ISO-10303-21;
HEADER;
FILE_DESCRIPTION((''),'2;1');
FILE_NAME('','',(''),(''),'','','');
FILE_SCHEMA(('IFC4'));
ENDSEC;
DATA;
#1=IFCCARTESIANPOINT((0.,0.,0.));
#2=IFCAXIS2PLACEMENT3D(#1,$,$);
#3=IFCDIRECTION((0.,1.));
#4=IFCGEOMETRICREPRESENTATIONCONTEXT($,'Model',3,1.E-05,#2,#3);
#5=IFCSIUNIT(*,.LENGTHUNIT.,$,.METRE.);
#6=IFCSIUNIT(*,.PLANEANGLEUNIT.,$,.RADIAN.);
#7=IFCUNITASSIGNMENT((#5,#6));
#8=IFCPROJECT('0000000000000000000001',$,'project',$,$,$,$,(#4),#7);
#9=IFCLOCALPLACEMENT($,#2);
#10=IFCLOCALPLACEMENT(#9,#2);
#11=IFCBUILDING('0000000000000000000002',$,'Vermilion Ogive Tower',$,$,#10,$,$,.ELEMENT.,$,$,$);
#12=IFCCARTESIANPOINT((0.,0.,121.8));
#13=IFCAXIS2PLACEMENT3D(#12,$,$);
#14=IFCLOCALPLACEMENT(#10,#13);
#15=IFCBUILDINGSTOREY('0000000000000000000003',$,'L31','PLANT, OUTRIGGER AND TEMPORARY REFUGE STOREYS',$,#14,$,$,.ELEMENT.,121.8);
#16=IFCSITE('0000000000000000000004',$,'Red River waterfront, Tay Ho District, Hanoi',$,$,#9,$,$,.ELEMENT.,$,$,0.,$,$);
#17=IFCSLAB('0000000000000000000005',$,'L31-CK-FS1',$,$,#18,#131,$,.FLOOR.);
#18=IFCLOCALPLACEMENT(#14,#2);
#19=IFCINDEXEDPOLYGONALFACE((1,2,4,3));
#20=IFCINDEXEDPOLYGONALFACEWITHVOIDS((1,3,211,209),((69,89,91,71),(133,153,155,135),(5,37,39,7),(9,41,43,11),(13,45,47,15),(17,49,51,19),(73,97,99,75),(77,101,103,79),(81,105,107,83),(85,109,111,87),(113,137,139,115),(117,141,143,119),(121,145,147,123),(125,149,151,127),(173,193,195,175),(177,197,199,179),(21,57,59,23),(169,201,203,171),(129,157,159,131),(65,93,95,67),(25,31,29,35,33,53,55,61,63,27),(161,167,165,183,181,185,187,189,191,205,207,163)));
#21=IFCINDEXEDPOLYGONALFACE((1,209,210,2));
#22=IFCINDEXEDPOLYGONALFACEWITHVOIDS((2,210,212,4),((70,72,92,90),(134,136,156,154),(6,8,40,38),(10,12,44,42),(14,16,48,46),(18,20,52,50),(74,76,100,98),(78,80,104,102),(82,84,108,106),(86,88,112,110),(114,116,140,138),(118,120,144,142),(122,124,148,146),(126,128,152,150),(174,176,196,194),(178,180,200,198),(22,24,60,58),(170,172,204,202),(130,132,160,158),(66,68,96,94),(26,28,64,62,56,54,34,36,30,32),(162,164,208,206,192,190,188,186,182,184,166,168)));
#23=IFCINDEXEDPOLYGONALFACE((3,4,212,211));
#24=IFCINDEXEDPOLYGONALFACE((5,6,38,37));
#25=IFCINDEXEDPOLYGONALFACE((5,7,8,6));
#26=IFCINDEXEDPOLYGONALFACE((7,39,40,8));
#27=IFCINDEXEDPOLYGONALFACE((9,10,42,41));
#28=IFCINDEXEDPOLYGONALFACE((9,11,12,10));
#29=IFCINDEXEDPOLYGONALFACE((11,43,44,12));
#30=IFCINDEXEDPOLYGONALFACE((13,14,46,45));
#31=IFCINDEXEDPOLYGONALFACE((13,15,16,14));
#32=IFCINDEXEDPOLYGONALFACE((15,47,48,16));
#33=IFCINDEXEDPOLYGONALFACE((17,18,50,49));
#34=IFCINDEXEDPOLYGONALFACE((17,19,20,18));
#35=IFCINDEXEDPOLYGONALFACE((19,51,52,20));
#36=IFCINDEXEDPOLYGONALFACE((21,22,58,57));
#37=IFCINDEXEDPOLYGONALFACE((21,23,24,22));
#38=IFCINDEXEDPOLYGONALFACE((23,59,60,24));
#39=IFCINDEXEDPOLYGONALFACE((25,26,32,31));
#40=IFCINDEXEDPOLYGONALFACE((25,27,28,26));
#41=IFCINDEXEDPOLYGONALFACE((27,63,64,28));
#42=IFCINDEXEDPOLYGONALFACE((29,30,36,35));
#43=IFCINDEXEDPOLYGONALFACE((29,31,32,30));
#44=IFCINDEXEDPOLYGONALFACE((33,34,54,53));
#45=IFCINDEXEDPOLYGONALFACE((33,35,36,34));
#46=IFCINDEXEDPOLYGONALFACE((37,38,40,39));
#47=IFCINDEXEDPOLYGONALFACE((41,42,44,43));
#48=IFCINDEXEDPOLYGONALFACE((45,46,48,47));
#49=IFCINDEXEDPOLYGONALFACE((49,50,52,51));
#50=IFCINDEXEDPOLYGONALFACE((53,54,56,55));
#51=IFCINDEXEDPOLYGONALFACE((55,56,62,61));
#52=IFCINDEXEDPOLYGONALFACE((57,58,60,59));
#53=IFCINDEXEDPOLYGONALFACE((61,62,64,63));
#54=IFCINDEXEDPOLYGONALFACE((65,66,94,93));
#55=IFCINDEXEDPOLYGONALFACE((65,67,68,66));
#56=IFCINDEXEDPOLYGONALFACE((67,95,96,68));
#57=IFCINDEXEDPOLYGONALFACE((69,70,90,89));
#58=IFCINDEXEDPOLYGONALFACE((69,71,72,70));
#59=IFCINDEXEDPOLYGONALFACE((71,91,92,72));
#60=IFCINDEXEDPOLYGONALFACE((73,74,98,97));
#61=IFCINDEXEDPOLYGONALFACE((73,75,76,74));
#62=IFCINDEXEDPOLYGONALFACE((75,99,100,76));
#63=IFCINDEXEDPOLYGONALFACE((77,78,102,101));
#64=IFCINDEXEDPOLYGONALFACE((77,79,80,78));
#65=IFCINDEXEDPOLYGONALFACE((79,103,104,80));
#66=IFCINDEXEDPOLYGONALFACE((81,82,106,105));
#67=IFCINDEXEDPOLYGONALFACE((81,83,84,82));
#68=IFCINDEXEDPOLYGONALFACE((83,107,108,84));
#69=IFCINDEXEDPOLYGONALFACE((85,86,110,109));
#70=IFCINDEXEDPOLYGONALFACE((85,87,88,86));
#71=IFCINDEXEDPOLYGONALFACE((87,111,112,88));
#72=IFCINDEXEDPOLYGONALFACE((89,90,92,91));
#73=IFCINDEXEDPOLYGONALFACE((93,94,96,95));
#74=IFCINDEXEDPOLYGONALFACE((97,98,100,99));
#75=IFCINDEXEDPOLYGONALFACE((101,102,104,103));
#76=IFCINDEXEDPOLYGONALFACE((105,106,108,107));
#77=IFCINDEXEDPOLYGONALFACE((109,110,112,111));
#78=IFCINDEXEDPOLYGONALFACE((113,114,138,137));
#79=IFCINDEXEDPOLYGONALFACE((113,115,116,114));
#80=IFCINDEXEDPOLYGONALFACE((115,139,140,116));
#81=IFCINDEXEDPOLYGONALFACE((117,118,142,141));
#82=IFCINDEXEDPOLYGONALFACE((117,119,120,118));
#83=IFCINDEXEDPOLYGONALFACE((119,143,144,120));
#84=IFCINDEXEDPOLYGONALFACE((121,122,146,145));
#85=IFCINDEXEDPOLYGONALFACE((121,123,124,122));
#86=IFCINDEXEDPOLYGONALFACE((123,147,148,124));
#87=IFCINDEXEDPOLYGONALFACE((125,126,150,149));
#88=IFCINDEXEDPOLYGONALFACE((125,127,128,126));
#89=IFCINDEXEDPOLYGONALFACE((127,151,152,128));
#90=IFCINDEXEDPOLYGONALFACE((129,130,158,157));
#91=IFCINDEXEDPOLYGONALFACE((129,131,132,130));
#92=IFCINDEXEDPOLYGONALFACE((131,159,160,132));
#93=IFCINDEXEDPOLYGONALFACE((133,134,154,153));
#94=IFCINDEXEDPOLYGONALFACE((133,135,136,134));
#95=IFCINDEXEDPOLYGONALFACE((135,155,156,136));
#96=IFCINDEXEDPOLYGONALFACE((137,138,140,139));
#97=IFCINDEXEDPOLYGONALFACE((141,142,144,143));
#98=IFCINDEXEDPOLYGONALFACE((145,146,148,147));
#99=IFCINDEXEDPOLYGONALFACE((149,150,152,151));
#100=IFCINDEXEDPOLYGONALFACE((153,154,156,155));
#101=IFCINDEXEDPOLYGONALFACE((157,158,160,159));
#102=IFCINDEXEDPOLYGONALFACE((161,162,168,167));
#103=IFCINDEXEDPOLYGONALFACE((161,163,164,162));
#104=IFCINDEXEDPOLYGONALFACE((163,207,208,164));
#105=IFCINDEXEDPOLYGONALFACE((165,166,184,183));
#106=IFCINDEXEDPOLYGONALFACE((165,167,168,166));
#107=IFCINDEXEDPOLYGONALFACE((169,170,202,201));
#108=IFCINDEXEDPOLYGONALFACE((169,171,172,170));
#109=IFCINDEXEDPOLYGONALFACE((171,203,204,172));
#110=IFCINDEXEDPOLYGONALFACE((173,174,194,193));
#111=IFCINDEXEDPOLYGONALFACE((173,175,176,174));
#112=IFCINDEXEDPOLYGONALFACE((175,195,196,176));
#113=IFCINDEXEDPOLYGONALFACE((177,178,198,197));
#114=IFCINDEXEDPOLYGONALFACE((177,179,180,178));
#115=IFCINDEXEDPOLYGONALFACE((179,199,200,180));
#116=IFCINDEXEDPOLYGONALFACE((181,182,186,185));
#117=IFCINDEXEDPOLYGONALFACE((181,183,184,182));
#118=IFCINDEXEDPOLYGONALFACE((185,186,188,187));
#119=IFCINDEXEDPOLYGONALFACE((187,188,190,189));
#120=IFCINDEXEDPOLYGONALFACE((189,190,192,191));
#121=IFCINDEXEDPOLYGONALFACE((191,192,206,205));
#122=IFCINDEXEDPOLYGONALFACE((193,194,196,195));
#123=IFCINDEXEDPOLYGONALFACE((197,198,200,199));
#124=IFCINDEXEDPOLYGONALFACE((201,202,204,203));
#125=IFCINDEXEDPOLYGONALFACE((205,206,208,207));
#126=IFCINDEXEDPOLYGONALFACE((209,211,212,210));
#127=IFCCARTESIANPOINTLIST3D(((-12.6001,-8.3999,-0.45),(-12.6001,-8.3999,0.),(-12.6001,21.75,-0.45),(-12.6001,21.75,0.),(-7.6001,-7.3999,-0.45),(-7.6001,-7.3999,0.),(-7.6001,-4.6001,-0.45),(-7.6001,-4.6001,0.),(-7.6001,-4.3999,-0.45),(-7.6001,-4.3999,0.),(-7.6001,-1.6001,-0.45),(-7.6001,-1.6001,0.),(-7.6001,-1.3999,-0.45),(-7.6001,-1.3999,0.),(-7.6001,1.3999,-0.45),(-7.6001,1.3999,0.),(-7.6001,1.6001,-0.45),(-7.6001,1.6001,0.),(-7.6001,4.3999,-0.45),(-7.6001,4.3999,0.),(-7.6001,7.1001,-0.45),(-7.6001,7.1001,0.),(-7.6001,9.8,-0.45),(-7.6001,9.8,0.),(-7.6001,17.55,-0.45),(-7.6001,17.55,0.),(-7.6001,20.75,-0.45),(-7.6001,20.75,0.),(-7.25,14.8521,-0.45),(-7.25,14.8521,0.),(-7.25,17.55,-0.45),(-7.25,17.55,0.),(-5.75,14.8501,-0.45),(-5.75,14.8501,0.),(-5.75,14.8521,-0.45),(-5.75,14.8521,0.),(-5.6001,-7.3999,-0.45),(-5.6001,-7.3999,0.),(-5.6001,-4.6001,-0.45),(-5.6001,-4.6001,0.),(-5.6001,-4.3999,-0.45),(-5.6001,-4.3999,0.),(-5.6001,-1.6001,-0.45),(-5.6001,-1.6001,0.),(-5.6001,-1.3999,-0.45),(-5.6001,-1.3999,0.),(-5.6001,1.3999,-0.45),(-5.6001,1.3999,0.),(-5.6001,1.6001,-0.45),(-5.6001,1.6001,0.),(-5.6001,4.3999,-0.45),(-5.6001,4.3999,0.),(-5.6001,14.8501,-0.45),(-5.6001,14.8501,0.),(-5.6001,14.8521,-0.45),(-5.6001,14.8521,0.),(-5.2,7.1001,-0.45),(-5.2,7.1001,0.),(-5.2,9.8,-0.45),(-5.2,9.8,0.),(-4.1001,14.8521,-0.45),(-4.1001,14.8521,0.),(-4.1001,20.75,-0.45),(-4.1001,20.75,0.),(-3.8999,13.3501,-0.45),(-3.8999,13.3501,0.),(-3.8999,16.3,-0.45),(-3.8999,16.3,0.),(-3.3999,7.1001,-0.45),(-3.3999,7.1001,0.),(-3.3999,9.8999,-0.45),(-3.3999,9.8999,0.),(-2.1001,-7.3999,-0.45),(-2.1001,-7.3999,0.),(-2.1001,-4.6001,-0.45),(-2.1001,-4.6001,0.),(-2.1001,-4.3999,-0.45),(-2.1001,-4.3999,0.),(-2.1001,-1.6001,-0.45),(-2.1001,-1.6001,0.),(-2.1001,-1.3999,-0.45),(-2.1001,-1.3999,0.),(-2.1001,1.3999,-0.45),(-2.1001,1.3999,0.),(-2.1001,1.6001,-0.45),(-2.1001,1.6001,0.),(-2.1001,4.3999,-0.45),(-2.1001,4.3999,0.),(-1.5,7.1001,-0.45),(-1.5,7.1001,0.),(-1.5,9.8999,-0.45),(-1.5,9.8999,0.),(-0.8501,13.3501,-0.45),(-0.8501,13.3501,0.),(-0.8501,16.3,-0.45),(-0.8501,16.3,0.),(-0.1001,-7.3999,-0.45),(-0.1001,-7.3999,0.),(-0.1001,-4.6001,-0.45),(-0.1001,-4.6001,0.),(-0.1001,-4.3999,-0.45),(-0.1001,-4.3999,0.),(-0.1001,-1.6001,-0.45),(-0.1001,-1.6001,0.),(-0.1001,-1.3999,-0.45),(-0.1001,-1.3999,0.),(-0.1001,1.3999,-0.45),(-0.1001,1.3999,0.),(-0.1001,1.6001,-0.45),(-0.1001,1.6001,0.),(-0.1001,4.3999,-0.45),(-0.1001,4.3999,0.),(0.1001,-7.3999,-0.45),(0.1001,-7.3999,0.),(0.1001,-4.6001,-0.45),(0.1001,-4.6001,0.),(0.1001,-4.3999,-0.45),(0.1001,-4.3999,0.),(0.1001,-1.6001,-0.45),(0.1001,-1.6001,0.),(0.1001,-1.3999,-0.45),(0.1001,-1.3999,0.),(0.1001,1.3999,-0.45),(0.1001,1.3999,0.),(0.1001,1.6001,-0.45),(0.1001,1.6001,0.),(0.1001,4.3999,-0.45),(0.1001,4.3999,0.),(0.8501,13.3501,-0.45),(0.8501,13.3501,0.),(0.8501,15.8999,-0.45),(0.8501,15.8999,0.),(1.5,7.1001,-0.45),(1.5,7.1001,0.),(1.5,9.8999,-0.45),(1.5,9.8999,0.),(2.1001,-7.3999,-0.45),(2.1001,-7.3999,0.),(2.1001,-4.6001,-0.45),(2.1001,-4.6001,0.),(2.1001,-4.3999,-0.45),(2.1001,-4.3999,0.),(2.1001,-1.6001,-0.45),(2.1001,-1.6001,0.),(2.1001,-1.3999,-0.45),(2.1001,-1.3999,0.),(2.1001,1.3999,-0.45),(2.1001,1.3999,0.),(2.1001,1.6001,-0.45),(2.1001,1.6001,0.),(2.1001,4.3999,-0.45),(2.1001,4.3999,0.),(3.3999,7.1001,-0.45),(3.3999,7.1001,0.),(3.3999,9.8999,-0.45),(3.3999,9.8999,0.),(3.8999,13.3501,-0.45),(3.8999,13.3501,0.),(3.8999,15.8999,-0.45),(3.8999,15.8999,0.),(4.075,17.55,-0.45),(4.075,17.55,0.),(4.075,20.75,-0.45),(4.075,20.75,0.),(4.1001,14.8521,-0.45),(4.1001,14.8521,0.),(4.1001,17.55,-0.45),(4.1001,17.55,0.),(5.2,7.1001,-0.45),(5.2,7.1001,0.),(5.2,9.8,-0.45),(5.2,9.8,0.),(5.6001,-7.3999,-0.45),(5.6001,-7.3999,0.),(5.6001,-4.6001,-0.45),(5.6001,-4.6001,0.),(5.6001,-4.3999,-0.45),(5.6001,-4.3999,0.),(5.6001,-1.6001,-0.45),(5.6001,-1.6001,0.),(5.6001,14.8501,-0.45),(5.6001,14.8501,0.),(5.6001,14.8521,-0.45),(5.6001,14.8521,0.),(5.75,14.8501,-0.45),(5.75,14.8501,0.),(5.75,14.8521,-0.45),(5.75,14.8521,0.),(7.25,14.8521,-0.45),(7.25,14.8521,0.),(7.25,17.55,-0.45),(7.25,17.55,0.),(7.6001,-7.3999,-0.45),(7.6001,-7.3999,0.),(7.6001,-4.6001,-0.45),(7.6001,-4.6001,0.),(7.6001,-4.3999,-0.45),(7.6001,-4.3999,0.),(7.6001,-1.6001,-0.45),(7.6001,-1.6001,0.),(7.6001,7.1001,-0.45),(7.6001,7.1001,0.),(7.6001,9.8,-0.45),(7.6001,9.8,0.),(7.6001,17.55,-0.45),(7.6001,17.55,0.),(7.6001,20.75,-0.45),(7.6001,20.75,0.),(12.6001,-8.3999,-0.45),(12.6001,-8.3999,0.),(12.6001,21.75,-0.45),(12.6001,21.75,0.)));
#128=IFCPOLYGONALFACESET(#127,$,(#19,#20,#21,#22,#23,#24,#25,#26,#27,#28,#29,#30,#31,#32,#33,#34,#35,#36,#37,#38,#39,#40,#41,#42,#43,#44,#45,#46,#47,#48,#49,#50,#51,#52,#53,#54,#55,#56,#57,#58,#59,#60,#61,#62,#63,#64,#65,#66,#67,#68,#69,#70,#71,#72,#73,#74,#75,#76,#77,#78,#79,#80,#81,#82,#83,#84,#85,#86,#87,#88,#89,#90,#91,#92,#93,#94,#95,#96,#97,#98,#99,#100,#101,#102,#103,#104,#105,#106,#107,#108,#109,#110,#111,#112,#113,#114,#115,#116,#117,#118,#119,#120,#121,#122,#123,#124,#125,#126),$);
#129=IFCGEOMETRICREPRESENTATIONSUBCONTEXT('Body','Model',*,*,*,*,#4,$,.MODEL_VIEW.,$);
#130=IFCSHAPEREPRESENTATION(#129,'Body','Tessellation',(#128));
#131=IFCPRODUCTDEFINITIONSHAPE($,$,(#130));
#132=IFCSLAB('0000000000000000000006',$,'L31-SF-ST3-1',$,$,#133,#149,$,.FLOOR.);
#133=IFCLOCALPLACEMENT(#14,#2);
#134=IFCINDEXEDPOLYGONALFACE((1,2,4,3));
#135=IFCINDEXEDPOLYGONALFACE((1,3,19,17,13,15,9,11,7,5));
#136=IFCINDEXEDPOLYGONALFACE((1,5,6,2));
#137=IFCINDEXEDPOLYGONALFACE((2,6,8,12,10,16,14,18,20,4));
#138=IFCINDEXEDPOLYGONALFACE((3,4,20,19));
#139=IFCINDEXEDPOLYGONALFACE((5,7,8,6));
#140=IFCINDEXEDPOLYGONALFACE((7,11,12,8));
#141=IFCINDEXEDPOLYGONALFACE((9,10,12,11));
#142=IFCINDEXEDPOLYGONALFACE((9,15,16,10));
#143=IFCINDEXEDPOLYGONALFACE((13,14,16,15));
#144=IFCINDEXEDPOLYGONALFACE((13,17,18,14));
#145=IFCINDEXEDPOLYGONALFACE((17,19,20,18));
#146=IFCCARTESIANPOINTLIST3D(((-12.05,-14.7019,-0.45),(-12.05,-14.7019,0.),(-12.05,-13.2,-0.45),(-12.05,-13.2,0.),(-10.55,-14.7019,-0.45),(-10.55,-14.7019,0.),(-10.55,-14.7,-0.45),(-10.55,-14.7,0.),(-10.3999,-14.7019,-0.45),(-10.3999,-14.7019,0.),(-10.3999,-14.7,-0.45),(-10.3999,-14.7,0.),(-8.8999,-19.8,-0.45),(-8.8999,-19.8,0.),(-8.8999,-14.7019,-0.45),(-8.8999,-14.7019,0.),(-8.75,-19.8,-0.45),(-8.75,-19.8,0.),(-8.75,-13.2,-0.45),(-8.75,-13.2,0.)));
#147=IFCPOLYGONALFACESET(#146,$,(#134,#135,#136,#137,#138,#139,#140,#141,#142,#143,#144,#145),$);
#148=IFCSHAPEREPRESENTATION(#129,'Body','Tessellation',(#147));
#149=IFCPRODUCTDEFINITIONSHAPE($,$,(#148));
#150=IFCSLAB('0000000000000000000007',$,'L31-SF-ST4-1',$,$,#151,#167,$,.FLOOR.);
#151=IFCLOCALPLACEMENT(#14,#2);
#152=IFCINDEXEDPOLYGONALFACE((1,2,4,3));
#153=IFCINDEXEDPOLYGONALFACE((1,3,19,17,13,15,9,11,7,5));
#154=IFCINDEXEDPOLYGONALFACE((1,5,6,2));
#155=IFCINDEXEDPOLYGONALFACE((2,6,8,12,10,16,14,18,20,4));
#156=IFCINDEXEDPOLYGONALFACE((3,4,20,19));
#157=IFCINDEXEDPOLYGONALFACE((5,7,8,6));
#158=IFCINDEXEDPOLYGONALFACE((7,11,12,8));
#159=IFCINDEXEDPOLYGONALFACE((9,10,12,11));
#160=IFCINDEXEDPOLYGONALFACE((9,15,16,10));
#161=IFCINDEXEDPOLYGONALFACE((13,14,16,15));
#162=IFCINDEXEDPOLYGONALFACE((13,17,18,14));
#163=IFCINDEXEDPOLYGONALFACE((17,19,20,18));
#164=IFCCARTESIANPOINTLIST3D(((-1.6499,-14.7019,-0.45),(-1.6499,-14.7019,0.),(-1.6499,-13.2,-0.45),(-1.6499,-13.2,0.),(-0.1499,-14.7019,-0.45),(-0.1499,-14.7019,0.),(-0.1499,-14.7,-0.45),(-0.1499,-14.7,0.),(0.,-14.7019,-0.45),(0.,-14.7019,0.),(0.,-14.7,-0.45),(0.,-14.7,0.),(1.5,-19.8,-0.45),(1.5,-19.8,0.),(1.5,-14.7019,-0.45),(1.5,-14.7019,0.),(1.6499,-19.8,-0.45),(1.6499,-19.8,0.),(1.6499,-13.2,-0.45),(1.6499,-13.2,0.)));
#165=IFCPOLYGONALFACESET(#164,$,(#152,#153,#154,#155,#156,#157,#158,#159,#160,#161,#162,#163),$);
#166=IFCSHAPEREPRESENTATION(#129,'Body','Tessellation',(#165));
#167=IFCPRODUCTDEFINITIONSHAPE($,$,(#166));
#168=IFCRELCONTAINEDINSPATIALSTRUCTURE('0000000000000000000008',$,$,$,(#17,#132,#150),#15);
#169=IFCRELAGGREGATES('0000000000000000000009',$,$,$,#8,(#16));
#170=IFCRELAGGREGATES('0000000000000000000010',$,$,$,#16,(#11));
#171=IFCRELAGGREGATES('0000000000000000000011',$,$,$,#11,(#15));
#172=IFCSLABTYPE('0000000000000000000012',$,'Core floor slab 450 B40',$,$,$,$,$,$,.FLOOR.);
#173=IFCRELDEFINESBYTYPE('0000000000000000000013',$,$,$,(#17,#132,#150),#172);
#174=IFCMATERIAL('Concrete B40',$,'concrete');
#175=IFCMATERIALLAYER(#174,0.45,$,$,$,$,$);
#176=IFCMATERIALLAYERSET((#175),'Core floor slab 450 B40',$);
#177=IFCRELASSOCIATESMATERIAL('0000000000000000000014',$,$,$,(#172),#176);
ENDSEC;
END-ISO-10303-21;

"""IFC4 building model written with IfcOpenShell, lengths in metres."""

from ifc_helpers import new_model, si_unit, direction, frame, origin, place, context, subcontext, project, spatial, polyline, outline, extrude, material, layer, layer_set, type_object, element, save


model = new_model("IFC4")

# Units and contexts
model_context = context("Model", 3, precision=1e-05, world=origin(), true_north=direction((0.0, 1.0)))
body_context = subcontext(model_context, "Body", "Model", "MODEL_VIEW")
ifc_project = project(units=[si_unit("LENGTHUNIT", "METRE"), si_unit("PLANEANGLEUNIT", "RADIAN")], contexts=[model_context])

# Site, building, storey
site_placement = place(None, origin())
site = spatial("IfcSite", under=ifc_project, at=site_placement, Name="Red River waterfront, Tay Ho District, Hanoi", CompositionType="ELEMENT", RefElevation=0.0)
building_placement = place(site_placement, origin())
building = spatial("IfcBuilding", under=site, at=building_placement, Name="Vermilion Ogive Tower", CompositionType="ELEMENT")
storey_placement = place(building_placement, frame((0.0, 0.0, 121.8)))
storey = spatial("IfcBuildingStorey", under=building, at=storey_placement, Name="L31", Description="PLANT, OUTRIGGER AND TEMPORARY REFUGE STOREYS", CompositionType="ELEMENT", Elevation=121.8)

# Slabs
ifc_material_1 = material(Name="Concrete B40", Category="concrete")
ifc_layer_1 = layer(ifc_material_1, 0.45)
ifc_layer_set_1 = layer_set([ifc_layer_1], Name="Core floor slab 450 B40")
slab_type_1 = type_object("IfcSlabType", Name="Core floor slab 450 B40", PredefinedType="FLOOR", material=ifc_layer_set_1)
slab_1_placement = place(storey_placement, frame((0.0, 0.0, -0.45)))
element("IfcSlab", 1, at=slab_1_placement, inside=storey, type_object=slab_type_1, Name="L31-CK-FS1", PredefinedType="FLOOR", context=body_context, shape_type="SweptSolid", body=[
    extrude(outline(polyline([(12.6001, 21.75), (-12.6001, 21.75), (-12.6001, -8.3999), (12.6001, -8.3999), (12.6001, 21.75)]), holes=[polyline([(-7.6001, -4.6001), (-5.6001, -4.6001), (-5.6001, -7.3999), (-7.6001, -7.3999), (-7.6001, -4.6001)]), polyline([(-2.1001, -4.6001), (-0.1001, -4.6001), (-0.1001, -7.3999), (-2.1001, -7.3999), (-2.1001, -4.6001)]), polyline([(-7.6001, -4.3999), (-7.6001, -1.6001), (-5.6001, -1.6001), (-5.6001, -4.3999), (-7.6001, -4.3999)]), polyline([(-2.1001, -1.6001), (-0.1001, -1.6001), (-0.1001, -4.3999), (-2.1001, -4.3999), (-2.1001, -1.6001)]), polyline([(-7.6001, -1.3999), (-7.6001, 1.3999), (-5.6001, 1.3999), (-5.6001, -1.3999), (-7.6001, -1.3999)]), polyline([(-2.1001, 1.3999), (-0.1001, 1.3999), (-0.1001, -1.3999), (-2.1001, -1.3999), (-2.1001, 1.3999)]), polyline([(-7.6001, 4.3999), (-5.6001, 4.3999), (-5.6001, 1.6001), (-7.6001, 1.6001), (-7.6001, 4.3999)]), polyline([(-2.1001, 4.3999), (-0.1001, 4.3999), (-0.1001, 1.6001), (-2.1001, 1.6001), (-2.1001, 4.3999)]), polyline([(-7.6001, 9.8), (-5.2, 9.8), (-5.2, 7.1001), (-7.6001, 7.1001), (-7.6001, 9.8)]), polyline([(-3.3999, 9.8999), (-1.5, 9.8999), (-1.5, 7.1001), (-3.3999, 7.1001), (-3.3999, 9.8999)]), polyline([(-3.8999, 16.3), (-0.8501, 16.3), (-0.8501, 13.3501), (-3.8999, 13.3501), (-3.8999, 16.3)]), polyline([(-7.6001, 17.55), (-7.6001, 20.75), (-4.1001, 20.75), (-4.1001, 14.8521), (-5.6001, 14.8521), (-5.6001, 14.8501), (-5.75, 14.8501), (-5.75, 14.8521), (-7.25, 14.8521), (-7.25, 17.55), (-7.6001, 17.55)]), polyline([(0.1001, -4.6001), (2.1001, -4.6001), (2.1001, -7.3999), (0.1001, -7.3999), (0.1001, -4.6001)]), polyline([(5.6001, -4.6001), (7.6001, -4.6001), (7.6001, -7.3999), (5.6001, -7.3999), (5.6001, -4.6001)]), polyline([(0.1001, -1.6001), (2.1001, -1.6001), (2.1001, -4.3999), (0.1001, -4.3999), (0.1001, -1.6001)]), polyline([(5.6001, -1.6001), (7.6001, -1.6001), (7.6001, -4.3999), (5.6001, -4.3999), (5.6001, -1.6001)]), polyline([(0.1001, 1.3999), (2.1001, 1.3999), (2.1001, -1.3999), (0.1001, -1.3999), (0.1001, 1.3999)]), polyline([(0.1001, 4.3999), (2.1001, 4.3999), (2.1001, 1.6001), (0.1001, 1.6001), (0.1001, 4.3999)]), polyline([(5.2, 9.8), (7.6001, 9.8), (7.6001, 7.1001), (5.2, 7.1001), (5.2, 9.8)]), polyline([(1.5, 9.8999), (3.3999, 9.8999), (3.3999, 7.1001), (1.5, 7.1001), (1.5, 9.8999)]), polyline([(0.8501, 15.8999), (3.8999, 15.8999), (3.8999, 13.3501), (0.8501, 13.3501), (0.8501, 15.8999)]), polyline([(5.75, 14.8501), (5.6001, 14.8501), (5.6001, 14.8521), (4.1001, 14.8521), (4.1001, 17.55), (4.075, 17.55), (4.075, 20.75), (7.6001, 20.75), (7.6001, 17.55), (7.25, 17.55), (7.25, 14.8521), (5.75, 14.8521), (5.75, 14.8501)])]), origin(), (0.0, 0.0, 1.0), 0.45),
])
slab_2_placement = place(storey_placement, frame((0.0, 0.0, -0.45)))
element("IfcSlab", 2, at=slab_2_placement, inside=storey, type_object=slab_type_1, Name="L31-SF-ST3-1", PredefinedType="FLOOR", context=body_context, shape_type="SweptSolid", body=[
    extrude(outline(polyline([(-12.05, -13.2), (-12.05, -14.7019), (-10.55, -14.7019), (-10.55, -14.7), (-10.3999, -14.7), (-10.3999, -14.7019), (-8.8999, -14.7019), (-8.8999, -19.8), (-8.75, -19.8), (-8.75, -13.2), (-12.05, -13.2)])), origin(), (0.0, 0.0, 1.0), 0.45),
])
slab_3_placement = place(storey_placement, frame((0.0, 0.0, -0.45)))
element("IfcSlab", 3, at=slab_3_placement, inside=storey, type_object=slab_type_1, Name="L31-SF-ST4-1", PredefinedType="FLOOR", context=body_context, shape_type="SweptSolid", body=[
    extrude(outline(polyline([(-1.6499, -13.2), (-1.6499, -14.7019), (-0.1499, -14.7019), (-0.1499, -14.7), (0.0, -14.7), (0.0, -14.7019), (1.5, -14.7019), (1.5, -19.8), (1.6499, -19.8), (1.6499, -13.2), (-1.6499, -13.2)])), origin(), (0.0, 0.0, 1.0), 0.45),
])

save(model, "model.ifc")
